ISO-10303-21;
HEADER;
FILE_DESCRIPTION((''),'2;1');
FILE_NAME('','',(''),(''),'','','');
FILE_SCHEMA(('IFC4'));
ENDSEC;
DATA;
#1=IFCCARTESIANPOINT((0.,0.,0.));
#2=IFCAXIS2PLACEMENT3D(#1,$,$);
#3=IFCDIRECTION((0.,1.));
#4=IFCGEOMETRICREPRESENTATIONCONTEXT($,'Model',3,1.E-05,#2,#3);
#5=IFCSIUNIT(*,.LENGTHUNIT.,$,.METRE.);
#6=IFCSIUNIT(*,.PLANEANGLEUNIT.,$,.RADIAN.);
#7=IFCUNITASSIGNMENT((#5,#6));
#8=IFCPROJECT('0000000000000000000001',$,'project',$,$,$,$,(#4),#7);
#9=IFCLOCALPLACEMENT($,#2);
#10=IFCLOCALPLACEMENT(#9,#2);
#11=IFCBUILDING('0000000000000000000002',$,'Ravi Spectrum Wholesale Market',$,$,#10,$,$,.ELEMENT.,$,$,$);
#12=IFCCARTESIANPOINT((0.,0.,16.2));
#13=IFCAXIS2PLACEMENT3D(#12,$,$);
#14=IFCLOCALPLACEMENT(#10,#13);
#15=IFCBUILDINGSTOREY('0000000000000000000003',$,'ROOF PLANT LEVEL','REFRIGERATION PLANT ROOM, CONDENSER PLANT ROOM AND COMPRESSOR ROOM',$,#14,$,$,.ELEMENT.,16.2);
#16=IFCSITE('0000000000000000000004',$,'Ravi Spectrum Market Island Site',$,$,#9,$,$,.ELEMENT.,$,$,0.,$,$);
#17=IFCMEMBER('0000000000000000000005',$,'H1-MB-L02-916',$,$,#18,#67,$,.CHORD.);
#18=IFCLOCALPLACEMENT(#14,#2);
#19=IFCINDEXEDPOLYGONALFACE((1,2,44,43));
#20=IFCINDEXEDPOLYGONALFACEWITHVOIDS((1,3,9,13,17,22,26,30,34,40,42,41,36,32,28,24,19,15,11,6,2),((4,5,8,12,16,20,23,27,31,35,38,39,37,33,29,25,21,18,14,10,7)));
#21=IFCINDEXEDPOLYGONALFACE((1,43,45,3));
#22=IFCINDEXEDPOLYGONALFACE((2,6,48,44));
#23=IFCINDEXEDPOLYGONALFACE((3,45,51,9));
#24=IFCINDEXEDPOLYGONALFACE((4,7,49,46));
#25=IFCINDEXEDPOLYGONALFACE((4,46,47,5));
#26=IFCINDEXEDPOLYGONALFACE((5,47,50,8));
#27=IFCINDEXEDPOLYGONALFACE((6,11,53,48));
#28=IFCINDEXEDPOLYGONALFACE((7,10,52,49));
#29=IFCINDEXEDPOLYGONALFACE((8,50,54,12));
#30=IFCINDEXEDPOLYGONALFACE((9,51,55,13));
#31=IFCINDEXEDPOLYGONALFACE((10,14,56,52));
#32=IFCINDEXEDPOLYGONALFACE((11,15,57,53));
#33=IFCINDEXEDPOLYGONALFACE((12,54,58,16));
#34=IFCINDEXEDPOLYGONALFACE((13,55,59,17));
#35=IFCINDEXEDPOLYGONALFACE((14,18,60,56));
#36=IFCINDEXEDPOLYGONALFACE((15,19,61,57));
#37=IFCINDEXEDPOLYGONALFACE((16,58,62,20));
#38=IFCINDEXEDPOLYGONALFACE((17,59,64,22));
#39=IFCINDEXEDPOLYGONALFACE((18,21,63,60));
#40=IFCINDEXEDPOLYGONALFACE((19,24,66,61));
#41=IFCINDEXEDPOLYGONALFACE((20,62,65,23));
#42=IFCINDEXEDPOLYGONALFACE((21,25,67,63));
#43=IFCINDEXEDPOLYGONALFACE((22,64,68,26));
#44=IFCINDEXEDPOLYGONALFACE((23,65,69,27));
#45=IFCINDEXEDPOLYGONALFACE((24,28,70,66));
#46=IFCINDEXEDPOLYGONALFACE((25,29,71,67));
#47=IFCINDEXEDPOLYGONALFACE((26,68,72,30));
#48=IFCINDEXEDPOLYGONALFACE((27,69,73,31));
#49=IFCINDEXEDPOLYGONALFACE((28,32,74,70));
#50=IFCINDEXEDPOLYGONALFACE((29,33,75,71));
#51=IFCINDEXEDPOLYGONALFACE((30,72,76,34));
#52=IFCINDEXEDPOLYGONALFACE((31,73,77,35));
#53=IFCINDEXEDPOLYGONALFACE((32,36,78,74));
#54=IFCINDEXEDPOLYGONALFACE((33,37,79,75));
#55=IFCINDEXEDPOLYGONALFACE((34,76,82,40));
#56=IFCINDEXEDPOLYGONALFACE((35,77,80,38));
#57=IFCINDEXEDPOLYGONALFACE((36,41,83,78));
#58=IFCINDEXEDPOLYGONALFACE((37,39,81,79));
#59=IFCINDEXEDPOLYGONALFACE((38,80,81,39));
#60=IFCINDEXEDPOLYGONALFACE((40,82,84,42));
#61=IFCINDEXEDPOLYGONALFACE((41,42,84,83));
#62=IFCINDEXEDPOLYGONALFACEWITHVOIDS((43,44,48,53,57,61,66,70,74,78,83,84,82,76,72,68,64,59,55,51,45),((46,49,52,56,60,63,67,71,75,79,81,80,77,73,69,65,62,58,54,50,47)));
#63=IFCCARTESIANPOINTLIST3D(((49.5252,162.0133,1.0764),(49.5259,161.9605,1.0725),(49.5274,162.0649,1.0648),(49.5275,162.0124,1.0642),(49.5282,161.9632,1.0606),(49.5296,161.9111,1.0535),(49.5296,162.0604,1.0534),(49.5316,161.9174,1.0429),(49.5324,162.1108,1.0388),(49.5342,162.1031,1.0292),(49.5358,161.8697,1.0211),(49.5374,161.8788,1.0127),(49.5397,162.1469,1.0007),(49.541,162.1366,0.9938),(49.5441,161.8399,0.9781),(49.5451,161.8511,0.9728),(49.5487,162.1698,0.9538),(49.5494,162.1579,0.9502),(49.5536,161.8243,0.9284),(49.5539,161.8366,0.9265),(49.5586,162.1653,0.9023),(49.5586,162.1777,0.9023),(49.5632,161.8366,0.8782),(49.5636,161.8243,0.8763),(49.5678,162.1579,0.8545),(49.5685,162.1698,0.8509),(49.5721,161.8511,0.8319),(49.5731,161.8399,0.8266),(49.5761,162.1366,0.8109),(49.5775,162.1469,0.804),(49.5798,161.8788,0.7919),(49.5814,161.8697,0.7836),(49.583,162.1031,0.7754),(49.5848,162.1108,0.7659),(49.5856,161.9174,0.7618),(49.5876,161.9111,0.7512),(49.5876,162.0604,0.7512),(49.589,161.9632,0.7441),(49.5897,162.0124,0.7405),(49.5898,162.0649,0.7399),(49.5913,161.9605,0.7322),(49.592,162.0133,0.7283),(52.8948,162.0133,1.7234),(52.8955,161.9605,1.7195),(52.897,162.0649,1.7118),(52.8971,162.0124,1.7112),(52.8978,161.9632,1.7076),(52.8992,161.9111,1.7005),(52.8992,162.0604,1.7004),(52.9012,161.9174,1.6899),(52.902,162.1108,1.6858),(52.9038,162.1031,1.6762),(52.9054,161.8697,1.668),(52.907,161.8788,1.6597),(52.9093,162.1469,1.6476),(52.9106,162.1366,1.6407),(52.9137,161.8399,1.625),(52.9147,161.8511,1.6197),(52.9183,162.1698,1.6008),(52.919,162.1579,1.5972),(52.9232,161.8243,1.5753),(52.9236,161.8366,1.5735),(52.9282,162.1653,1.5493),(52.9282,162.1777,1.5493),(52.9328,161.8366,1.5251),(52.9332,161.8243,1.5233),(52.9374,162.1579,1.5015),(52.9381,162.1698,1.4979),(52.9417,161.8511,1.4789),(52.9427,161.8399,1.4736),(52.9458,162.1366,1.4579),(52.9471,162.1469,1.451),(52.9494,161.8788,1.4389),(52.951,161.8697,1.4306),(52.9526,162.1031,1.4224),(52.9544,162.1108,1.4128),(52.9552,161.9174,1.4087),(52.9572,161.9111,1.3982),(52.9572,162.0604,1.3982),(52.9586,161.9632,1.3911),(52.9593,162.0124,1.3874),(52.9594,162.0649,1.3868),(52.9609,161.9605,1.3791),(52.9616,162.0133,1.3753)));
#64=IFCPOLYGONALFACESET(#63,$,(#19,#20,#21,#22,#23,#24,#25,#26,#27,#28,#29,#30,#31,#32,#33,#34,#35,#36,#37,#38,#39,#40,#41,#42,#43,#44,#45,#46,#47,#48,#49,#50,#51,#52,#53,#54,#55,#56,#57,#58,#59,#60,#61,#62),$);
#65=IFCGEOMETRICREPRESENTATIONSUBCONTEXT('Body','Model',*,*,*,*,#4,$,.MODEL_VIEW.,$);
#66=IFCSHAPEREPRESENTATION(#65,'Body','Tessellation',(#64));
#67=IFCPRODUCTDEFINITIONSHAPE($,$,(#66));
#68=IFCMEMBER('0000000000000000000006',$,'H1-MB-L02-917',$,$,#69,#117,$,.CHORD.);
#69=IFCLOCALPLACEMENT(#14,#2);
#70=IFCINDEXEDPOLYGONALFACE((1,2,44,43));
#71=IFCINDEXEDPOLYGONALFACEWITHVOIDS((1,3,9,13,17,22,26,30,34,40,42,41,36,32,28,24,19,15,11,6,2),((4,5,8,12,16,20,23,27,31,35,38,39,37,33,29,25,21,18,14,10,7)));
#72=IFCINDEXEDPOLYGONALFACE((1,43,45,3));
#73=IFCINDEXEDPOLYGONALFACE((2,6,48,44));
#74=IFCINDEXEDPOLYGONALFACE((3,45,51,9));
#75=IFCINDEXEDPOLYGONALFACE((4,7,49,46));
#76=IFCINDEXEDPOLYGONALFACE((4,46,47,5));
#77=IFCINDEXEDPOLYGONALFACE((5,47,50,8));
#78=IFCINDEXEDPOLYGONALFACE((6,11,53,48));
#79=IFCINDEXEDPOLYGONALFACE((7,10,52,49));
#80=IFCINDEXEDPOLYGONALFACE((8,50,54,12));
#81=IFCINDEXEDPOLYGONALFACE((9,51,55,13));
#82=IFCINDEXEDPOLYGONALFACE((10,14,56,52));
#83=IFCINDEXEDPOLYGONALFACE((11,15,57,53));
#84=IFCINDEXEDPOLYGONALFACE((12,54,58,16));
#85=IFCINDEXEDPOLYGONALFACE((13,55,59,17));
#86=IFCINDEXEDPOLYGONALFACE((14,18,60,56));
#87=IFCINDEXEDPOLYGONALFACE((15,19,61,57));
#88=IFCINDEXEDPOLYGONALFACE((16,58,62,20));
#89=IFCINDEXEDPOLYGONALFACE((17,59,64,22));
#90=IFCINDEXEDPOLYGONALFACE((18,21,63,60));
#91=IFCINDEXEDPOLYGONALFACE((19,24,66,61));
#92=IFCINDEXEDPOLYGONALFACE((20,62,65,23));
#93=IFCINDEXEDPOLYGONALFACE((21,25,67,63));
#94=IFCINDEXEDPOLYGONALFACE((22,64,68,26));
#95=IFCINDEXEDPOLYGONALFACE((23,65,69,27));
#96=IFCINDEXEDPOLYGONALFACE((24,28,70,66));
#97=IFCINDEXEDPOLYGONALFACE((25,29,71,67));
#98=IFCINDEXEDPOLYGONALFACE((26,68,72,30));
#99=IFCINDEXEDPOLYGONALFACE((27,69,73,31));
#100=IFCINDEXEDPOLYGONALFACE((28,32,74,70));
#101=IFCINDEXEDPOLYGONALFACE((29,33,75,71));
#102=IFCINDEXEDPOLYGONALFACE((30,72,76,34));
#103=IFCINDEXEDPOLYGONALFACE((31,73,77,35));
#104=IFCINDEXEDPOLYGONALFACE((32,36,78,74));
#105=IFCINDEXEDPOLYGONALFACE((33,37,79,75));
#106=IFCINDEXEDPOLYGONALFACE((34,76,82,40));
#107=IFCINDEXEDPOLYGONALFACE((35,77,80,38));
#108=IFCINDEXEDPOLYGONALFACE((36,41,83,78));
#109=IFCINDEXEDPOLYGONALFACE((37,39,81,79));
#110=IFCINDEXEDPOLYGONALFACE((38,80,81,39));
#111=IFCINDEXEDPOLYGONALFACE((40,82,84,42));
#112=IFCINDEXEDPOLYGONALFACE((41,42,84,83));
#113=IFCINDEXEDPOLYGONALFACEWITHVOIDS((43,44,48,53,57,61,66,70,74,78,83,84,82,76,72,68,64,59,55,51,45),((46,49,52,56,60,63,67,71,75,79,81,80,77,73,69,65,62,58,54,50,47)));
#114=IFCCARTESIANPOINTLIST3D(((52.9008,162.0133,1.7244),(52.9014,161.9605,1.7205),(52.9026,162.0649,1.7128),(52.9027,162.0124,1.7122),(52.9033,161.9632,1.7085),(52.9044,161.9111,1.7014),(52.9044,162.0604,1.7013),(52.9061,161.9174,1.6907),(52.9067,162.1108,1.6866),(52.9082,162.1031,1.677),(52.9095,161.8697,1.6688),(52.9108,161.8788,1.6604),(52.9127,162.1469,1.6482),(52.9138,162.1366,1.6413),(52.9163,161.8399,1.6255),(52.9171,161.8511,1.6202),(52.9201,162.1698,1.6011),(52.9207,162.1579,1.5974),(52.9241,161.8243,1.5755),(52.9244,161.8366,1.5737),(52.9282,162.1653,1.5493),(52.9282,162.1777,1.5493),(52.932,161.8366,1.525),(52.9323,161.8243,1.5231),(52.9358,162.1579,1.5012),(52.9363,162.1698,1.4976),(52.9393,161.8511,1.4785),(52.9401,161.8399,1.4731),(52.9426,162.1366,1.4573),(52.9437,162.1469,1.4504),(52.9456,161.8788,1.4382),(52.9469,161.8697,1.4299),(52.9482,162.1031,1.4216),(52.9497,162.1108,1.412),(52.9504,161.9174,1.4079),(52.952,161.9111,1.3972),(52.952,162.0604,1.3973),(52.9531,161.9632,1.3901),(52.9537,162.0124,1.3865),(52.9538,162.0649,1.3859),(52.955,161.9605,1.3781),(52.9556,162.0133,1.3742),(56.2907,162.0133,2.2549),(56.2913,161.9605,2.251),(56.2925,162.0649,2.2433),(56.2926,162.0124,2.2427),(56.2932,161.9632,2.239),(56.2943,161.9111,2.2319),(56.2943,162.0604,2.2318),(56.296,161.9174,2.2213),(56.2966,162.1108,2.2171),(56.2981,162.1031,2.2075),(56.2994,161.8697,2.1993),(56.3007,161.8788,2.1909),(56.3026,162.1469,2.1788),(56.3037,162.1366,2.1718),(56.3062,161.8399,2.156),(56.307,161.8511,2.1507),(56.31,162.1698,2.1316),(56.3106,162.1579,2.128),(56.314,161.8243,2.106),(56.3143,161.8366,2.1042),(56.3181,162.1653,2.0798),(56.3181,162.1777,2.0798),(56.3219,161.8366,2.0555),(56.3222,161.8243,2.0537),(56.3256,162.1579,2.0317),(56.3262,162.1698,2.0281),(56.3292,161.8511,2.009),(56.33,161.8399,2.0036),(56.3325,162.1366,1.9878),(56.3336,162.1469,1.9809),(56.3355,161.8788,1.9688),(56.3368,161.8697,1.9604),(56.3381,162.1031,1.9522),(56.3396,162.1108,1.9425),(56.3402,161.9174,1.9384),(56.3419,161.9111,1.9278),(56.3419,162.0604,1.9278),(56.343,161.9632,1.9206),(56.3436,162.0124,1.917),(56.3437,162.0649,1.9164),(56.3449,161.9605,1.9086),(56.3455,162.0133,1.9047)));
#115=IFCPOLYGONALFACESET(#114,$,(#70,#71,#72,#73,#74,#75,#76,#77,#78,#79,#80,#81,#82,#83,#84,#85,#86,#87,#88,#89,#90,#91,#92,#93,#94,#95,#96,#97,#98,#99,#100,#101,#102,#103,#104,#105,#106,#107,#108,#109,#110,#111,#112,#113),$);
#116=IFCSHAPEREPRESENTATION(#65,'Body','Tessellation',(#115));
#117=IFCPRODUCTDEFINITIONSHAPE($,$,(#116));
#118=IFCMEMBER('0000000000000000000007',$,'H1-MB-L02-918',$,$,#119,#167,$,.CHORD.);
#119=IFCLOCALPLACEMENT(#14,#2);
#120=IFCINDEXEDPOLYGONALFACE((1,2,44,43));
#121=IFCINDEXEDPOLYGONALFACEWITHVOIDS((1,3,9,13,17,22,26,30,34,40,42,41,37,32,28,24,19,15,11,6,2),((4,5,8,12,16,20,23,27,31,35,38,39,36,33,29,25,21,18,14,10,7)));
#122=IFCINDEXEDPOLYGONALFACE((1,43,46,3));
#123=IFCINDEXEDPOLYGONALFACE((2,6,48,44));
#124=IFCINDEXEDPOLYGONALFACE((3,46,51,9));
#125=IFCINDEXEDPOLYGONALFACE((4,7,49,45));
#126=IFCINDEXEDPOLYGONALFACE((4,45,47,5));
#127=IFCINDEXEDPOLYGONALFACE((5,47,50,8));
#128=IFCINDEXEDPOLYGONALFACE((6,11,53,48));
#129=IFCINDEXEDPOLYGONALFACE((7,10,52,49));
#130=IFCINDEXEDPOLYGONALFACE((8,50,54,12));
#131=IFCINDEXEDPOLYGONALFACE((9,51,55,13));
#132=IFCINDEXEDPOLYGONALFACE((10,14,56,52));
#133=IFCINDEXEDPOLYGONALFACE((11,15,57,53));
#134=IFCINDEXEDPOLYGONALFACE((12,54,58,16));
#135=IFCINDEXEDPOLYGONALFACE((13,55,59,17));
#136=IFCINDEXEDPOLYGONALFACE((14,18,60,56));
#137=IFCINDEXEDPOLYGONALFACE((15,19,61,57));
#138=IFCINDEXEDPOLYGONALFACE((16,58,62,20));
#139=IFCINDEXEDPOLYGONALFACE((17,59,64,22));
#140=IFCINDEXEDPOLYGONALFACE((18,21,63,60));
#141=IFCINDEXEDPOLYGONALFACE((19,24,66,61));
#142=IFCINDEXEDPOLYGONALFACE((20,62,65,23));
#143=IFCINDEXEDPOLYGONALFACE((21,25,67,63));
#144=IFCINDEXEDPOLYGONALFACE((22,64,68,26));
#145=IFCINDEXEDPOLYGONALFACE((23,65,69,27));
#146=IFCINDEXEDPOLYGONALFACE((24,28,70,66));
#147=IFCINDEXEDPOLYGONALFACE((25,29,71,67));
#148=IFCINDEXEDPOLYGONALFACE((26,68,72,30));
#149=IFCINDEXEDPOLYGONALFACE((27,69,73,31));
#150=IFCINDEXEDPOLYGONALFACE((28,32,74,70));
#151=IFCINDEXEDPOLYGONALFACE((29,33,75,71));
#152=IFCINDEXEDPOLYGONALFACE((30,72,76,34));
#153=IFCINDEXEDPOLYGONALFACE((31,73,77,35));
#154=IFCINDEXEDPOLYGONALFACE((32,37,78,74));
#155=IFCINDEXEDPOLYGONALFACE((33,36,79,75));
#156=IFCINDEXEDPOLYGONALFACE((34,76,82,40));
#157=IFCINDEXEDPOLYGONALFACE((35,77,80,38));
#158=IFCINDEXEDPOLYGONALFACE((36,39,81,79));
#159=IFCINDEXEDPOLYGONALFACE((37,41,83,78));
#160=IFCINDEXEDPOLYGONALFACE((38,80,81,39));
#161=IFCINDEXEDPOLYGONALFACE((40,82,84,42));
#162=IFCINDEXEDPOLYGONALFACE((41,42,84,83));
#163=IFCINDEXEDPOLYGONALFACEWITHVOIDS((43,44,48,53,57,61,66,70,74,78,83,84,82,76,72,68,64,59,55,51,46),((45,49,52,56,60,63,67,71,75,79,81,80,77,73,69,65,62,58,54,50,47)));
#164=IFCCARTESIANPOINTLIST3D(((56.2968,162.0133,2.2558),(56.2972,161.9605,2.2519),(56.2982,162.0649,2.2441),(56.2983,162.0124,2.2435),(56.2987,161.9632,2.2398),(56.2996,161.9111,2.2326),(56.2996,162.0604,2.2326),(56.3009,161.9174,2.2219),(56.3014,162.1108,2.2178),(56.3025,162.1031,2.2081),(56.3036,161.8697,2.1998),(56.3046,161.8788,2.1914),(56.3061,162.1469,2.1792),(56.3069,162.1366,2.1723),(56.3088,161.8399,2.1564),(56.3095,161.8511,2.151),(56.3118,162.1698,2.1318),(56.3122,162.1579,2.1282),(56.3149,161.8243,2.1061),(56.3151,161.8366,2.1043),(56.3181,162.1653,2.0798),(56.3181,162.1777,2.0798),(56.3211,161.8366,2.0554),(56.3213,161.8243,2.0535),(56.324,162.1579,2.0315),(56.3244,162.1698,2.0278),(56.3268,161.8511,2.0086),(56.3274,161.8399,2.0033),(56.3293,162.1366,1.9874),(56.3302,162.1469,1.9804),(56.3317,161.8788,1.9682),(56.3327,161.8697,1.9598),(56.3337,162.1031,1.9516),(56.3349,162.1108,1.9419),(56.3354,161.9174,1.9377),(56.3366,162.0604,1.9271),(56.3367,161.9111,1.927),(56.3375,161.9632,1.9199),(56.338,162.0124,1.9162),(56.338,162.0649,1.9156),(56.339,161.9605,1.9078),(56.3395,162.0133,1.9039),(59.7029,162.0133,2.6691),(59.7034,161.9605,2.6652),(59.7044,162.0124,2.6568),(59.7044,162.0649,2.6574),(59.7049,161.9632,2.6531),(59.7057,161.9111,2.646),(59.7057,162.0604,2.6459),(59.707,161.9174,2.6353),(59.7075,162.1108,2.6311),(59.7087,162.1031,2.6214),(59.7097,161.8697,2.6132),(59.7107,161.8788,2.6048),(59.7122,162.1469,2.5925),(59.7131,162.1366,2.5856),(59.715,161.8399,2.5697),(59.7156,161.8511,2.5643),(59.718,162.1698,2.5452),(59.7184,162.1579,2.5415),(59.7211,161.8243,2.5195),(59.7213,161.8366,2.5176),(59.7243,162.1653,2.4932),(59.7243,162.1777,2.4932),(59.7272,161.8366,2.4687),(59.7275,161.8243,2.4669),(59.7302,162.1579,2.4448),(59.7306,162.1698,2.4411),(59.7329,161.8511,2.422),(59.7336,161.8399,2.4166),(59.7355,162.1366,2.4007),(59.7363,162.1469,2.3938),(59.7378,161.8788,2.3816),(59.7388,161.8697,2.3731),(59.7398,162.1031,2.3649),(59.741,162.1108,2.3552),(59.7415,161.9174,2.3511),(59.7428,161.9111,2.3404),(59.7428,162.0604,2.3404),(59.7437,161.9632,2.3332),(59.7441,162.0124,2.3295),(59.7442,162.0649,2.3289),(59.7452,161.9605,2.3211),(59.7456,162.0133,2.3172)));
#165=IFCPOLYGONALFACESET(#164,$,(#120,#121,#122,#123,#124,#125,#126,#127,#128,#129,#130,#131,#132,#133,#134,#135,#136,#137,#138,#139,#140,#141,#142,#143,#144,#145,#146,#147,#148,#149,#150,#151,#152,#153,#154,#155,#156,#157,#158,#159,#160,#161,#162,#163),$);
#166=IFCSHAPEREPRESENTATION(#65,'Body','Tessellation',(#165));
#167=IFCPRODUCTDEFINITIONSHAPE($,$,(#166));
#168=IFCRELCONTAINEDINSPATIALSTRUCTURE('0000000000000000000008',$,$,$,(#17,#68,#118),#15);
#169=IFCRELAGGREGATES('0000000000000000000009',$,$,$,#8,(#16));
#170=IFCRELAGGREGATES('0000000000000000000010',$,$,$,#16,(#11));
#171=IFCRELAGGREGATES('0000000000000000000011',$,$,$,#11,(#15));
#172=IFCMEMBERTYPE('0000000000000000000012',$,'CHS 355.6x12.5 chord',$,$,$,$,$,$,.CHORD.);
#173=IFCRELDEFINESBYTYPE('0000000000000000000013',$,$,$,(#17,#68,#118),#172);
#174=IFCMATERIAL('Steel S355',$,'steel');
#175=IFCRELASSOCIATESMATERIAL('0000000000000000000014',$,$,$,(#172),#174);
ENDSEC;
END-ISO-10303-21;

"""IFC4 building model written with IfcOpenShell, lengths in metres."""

from ifc_helpers import new_model, si_unit, direction, frame, origin, origin_2d, place, context, subcontext, project, spatial, hollow_circle, extrude, material, material_profile, profile_set, type_object, element, save


model = new_model("IFC4")

# Units and contexts
model_context = context("Model", 3, precision=1e-05, world=origin(), true_north=direction((0.0, 1.0)))
body_context = subcontext(model_context, "Body", "Model", "MODEL_VIEW")
ifc_project = project(units=[si_unit("LENGTHUNIT", "METRE"), si_unit("PLANEANGLEUNIT", "RADIAN")], contexts=[model_context])

# Site, building, storey
site_placement = place(None, origin())
site = spatial("IfcSite", under=ifc_project, at=site_placement, Name="Ravi Spectrum Market Island Site", CompositionType="ELEMENT", RefElevation=0.0)
building_placement = place(site_placement, origin())
building = spatial("IfcBuilding", under=site, at=building_placement, Name="Ravi Spectrum Wholesale Market", CompositionType="ELEMENT")
storey_placement = place(building_placement, frame((0.0, 0.0, 16.2)))
storey = spatial("IfcBuildingStorey", under=building, at=storey_placement, Name="ROOF PLANT LEVEL", Description="REFRIGERATION PLANT ROOM, CONDENSER PLANT ROOM AND COMPRESSOR ROOM", CompositionType="ELEMENT", Elevation=16.2)

# Members
ifc_material_1 = material(Name="Steel S355", Category="steel")
ifc_material_profile_1 = material_profile(ifc_material_1, hollow_circle(Radius=0.1777, WallThickness=0.0125, at=origin_2d()))
ifc_profile_set_1 = profile_set([ifc_material_profile_1], Name="Steel S355")
member_type_1 = type_object("IfcMemberType", Name="CHS 355.6x12.5 chord", PredefinedType="CHORD", material=ifc_profile_set_1)
for number, where, z_axis, x_axis, name in (
    (1, (49.5586, 162.0, 0.9023), (0.982062, 0.0, 0.188557), (0.0, 1.0, 0.0), "H1-MB-L02-916"),
    (2, (52.9282, 162.0, 1.5493), (0.987974, 0.0, 0.154618), (0.0, 1.0, 0.0), "H1-MB-L02-917"),
    (3, (56.3181, 162.0, 2.0798), (0.992718, 0.0, 0.120461), (0.0, 1.0, 0.0), "H1-MB-L02-918"),
):
    element("IfcMember", number, at=place(storey_placement, frame(where, z_axis=z_axis, x_axis=x_axis)), inside=storey, type_object=member_type_1, Name=name, PredefinedType="CHORD", context=body_context, shape_type="SweptSolid", body=[
        extrude(hollow_circle(Radius=0.1777, WallThickness=0.0125, at=origin_2d()), origin(), (0.0, 0.0, 1.0), 3.4312),
    ])

save(model, "model.ifc")
